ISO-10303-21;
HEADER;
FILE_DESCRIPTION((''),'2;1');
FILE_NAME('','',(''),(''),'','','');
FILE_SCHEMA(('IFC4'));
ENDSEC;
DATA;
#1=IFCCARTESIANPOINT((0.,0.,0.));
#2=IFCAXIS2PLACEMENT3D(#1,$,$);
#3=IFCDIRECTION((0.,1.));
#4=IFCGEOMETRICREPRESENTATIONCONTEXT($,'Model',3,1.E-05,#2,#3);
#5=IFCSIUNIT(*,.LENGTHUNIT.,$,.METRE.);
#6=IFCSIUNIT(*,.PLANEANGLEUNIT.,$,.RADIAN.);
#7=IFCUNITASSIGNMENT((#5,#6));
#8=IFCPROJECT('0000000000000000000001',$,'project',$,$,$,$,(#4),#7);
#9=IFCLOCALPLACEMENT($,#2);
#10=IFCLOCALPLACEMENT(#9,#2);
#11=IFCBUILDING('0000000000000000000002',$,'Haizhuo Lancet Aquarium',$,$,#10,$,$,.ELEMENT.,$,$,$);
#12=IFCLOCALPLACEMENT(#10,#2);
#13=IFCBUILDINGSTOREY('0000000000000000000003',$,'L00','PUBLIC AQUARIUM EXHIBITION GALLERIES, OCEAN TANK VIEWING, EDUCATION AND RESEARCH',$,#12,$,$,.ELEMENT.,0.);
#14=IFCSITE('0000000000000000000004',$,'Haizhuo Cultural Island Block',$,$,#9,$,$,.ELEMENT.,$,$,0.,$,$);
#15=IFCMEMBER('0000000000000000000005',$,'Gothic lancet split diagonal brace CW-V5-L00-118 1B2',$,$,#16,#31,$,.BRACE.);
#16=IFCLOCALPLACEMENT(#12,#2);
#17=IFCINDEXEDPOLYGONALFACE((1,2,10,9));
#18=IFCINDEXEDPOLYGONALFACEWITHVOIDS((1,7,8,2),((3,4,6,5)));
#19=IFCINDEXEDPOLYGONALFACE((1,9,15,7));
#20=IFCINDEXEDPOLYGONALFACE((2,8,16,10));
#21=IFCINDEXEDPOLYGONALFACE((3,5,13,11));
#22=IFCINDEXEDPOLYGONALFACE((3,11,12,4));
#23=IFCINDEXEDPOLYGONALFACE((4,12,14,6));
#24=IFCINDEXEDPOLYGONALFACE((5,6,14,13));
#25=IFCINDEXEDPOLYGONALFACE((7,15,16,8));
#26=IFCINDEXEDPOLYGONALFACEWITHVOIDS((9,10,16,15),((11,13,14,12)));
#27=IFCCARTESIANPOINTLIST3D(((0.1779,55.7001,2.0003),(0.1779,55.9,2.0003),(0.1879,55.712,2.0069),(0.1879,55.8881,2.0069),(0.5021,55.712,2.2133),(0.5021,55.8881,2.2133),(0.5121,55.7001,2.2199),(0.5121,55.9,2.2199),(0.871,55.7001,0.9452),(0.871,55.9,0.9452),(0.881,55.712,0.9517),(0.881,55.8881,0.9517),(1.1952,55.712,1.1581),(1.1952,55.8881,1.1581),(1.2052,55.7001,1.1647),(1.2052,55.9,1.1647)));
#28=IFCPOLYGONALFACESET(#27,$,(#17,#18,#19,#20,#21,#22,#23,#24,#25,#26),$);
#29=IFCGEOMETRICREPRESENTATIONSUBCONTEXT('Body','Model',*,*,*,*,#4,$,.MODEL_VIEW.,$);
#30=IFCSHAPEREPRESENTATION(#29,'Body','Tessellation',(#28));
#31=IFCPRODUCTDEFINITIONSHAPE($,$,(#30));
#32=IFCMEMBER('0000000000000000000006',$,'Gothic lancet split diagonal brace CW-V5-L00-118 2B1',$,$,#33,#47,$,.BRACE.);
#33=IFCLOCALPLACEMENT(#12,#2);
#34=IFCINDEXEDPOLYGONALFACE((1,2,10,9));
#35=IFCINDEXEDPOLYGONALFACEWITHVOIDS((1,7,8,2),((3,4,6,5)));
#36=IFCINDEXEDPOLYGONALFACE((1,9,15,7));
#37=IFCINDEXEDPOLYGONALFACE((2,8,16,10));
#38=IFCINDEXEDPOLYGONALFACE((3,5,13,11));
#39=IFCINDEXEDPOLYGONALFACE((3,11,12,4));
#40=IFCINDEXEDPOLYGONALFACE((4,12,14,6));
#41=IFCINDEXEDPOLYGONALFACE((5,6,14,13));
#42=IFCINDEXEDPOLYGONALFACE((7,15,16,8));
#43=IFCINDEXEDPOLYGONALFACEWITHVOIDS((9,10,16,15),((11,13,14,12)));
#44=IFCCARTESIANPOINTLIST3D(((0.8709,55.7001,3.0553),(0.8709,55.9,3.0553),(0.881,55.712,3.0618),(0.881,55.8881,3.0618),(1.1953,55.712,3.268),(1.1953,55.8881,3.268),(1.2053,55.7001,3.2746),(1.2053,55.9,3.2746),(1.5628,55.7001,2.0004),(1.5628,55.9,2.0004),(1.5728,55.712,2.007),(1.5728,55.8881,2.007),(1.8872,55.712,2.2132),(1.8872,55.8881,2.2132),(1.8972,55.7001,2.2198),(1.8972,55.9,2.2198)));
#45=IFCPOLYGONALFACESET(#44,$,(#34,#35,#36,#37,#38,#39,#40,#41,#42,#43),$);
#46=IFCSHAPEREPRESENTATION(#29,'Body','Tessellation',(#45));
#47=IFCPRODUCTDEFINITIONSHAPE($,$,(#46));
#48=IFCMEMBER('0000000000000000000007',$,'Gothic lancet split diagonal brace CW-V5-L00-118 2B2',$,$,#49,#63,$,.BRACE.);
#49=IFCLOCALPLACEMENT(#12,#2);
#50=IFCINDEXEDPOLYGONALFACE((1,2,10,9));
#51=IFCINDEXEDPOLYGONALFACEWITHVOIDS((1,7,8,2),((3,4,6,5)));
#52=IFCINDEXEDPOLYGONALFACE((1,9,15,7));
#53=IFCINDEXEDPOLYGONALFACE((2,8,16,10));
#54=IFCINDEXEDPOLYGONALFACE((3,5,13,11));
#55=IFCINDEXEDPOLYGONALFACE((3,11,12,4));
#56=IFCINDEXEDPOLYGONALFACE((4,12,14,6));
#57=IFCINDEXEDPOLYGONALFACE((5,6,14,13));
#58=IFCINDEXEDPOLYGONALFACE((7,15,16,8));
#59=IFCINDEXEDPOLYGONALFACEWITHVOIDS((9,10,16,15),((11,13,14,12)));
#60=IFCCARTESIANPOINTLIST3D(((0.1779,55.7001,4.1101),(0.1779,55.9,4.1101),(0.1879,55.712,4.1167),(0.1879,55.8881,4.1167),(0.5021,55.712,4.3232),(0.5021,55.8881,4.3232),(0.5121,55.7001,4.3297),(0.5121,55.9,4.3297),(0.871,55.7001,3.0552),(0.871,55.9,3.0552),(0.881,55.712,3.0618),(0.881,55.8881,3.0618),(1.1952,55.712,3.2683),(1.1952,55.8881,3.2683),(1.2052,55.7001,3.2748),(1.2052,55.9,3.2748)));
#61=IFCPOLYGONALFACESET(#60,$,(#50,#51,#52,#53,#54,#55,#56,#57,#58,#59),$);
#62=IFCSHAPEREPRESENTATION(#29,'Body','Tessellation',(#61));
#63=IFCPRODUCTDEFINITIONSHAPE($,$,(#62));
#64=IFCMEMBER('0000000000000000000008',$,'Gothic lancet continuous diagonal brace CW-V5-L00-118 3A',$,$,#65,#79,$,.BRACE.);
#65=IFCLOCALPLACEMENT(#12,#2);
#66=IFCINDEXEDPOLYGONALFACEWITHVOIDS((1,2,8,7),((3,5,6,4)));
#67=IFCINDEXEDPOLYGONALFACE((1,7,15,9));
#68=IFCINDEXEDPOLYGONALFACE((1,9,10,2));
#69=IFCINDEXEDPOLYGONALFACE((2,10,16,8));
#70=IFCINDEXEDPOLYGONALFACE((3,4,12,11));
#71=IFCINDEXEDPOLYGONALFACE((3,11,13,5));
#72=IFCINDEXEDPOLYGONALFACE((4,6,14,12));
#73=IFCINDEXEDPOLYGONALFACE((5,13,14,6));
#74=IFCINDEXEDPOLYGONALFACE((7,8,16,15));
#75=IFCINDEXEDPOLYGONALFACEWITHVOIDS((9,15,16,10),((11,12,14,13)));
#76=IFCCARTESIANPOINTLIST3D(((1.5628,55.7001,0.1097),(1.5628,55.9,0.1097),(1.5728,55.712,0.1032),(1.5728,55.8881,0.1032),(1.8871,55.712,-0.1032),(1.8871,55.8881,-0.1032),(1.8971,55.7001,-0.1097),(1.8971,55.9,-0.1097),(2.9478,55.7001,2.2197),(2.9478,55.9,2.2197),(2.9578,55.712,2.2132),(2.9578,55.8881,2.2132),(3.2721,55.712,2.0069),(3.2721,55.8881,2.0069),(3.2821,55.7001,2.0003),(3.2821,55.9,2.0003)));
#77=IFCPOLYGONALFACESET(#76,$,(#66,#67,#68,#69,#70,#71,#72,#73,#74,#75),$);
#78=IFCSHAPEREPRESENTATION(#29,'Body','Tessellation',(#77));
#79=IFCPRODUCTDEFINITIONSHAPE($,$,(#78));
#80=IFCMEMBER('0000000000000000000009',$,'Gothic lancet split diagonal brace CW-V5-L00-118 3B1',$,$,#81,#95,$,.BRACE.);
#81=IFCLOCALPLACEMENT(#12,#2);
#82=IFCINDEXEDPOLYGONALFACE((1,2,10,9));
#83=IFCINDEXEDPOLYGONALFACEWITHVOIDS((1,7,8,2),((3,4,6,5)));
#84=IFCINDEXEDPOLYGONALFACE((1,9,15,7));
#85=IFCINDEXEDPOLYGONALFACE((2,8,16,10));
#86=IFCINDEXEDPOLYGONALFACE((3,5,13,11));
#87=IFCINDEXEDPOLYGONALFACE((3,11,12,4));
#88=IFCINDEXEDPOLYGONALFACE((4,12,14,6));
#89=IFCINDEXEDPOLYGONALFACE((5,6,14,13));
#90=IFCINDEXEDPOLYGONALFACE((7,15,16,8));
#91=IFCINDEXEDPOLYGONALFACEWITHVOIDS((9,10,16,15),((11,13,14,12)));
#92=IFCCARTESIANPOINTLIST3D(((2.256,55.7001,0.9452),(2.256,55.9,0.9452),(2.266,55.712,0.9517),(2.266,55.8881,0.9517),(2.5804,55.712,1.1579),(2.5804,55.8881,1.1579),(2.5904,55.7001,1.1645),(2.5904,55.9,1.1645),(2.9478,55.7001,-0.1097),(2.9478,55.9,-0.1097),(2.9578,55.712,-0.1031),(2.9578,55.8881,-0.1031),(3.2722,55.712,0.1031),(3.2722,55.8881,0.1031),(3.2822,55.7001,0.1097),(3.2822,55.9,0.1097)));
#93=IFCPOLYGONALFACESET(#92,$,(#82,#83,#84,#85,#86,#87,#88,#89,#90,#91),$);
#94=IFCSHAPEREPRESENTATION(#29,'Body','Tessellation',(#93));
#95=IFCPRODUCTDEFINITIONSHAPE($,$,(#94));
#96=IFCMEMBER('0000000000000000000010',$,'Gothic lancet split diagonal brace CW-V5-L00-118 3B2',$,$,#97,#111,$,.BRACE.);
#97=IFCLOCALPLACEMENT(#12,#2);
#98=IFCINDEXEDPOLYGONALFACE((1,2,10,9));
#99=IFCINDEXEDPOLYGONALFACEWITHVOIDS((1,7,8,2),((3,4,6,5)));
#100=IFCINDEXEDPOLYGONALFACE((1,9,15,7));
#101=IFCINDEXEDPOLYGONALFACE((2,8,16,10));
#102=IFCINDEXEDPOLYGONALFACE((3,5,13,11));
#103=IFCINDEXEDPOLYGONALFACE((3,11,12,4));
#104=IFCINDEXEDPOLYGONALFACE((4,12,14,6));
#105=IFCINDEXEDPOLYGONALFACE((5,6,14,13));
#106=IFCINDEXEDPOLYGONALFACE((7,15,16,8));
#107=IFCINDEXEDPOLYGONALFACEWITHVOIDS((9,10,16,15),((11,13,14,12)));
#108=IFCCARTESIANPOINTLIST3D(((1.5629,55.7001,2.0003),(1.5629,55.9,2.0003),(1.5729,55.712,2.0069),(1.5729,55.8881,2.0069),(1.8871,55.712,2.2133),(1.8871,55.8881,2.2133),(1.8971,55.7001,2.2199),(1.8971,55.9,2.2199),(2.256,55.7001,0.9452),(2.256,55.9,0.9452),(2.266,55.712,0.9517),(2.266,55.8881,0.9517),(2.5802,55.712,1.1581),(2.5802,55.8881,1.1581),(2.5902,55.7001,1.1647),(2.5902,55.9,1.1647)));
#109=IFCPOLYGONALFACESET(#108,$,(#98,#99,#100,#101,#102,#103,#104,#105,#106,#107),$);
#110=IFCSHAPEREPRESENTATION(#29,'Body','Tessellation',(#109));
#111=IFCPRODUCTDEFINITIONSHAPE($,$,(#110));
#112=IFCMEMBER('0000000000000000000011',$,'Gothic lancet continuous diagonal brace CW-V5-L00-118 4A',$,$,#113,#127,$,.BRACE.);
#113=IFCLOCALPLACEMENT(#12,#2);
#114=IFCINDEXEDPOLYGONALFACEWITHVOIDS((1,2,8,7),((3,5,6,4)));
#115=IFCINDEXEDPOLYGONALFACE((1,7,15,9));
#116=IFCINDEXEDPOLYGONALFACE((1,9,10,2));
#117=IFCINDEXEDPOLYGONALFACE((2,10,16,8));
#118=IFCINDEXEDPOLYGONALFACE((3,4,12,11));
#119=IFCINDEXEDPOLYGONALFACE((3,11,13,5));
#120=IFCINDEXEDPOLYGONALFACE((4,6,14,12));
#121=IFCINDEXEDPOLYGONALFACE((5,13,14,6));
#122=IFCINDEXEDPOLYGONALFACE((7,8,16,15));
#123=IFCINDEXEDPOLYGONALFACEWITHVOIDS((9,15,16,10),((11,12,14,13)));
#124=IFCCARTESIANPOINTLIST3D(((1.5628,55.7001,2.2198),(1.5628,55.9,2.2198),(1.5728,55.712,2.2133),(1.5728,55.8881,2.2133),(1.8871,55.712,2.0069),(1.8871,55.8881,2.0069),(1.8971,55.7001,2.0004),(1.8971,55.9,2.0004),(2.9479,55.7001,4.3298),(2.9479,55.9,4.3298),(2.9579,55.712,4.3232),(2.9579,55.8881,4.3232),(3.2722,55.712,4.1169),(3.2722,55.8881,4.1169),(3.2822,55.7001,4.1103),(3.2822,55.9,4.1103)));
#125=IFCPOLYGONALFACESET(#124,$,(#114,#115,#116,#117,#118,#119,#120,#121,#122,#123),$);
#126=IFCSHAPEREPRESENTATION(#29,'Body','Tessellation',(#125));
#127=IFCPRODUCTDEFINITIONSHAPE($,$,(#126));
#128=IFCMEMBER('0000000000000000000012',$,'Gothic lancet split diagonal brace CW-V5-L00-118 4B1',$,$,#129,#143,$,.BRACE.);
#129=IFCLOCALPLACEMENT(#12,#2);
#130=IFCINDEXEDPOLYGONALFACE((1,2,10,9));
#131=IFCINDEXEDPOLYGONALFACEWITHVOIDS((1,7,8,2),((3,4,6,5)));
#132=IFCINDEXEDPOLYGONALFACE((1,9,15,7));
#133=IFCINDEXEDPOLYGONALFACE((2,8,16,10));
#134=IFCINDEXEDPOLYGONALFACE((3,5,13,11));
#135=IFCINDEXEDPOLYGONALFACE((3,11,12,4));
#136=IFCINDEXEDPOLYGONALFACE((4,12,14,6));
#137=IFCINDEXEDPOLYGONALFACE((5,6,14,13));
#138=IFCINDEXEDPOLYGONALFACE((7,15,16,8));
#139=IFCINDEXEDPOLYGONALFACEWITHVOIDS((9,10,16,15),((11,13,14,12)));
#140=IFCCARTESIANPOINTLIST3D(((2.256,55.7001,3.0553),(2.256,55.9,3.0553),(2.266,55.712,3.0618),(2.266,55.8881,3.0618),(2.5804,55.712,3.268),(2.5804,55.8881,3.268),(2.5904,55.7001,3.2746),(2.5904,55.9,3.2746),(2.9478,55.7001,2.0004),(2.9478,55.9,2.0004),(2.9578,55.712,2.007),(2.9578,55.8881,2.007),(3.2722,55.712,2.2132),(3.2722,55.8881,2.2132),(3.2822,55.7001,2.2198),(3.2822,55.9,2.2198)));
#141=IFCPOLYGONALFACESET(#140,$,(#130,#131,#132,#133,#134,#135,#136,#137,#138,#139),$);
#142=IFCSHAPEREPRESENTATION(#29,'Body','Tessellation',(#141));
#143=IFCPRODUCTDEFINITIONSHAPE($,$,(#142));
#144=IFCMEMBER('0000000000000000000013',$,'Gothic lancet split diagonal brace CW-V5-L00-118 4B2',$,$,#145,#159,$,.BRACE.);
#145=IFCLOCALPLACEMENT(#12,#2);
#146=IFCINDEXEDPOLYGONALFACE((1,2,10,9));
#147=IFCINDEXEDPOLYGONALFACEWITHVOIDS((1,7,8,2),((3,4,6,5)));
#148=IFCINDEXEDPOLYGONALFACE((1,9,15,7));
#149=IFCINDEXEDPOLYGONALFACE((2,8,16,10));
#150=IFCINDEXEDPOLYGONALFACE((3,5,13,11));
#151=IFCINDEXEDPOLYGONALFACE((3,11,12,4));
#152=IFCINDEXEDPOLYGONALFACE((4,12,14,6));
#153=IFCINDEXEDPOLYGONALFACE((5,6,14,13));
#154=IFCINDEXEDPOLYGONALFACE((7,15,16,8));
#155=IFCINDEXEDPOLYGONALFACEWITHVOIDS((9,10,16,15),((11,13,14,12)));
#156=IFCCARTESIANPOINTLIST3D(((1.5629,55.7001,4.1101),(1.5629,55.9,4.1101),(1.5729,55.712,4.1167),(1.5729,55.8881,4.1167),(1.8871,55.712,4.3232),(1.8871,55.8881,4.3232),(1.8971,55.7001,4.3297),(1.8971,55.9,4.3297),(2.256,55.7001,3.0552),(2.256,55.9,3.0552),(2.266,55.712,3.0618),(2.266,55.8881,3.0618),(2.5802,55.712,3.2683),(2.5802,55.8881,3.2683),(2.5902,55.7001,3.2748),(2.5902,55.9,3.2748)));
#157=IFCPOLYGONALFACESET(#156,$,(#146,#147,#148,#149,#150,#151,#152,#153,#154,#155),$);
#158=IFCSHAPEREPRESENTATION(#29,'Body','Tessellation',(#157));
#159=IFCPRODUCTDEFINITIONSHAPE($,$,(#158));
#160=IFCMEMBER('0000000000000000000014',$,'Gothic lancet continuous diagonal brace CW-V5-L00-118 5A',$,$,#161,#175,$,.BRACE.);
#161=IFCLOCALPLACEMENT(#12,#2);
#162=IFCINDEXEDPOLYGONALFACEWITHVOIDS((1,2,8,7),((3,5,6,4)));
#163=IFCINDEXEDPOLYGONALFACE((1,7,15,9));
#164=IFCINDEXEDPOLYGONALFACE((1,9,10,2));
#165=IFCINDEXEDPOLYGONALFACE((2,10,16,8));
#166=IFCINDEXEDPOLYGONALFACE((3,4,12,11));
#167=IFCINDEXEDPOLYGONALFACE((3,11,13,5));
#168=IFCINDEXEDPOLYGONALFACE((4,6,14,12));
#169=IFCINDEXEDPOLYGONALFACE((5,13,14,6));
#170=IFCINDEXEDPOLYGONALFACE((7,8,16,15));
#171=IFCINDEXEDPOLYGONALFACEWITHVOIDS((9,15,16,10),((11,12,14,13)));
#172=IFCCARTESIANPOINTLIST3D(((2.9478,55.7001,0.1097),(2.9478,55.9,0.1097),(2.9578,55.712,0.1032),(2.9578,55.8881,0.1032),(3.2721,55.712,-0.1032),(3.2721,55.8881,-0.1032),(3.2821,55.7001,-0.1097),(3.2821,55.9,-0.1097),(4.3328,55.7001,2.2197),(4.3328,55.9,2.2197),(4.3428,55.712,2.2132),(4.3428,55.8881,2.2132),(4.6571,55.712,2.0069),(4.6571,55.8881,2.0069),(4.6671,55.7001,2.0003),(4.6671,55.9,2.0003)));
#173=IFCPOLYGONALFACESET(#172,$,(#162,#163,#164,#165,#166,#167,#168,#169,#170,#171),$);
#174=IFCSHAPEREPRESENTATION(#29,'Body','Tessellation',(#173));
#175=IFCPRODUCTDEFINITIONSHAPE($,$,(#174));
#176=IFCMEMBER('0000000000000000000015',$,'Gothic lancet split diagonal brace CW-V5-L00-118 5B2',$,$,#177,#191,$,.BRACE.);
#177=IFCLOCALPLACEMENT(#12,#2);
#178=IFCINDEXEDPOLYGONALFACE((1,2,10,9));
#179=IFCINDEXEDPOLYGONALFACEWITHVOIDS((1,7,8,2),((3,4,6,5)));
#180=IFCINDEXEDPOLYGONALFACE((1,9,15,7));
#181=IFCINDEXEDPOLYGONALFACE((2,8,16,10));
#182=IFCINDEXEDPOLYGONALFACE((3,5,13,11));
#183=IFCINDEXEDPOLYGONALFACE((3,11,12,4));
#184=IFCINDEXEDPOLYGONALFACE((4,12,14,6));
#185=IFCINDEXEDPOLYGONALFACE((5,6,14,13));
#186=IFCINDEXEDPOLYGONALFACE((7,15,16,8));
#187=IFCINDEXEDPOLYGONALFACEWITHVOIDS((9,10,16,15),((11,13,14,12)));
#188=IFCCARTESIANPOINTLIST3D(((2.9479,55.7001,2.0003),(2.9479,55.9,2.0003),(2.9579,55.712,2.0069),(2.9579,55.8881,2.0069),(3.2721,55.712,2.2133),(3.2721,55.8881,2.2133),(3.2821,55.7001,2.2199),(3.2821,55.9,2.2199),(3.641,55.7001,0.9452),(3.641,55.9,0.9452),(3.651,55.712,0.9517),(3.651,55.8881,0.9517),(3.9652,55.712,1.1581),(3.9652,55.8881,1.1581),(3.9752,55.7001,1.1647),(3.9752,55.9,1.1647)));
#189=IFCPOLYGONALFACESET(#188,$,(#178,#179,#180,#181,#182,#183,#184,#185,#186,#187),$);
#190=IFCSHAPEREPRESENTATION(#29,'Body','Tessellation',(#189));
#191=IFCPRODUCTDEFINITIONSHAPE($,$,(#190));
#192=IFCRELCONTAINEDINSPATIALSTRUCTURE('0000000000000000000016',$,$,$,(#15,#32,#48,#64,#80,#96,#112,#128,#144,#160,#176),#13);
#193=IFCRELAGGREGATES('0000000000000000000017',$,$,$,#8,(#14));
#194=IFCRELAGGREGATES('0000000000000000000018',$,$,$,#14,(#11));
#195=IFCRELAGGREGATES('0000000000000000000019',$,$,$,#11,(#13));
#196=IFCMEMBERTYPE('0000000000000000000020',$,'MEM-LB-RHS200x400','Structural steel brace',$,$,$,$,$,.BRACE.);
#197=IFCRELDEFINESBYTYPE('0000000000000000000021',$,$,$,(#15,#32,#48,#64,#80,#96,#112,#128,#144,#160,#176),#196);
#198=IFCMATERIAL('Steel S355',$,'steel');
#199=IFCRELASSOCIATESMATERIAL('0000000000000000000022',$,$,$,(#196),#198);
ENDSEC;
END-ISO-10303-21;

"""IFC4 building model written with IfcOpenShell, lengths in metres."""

from ifc_helpers import new_model, si_unit, direction, frame, origin, origin_2d, place, context, subcontext, project, spatial, hollow_rectangle, extrude, material, material_profile, profile_set, type_object, element, save


model = new_model("IFC4")

# Units and contexts
model_context = context("Model", 3, precision=1e-05, world=origin(), true_north=direction((0.0, 1.0)))
body_context = subcontext(model_context, "Body", "Model", "MODEL_VIEW")
ifc_project = project(units=[si_unit("LENGTHUNIT", "METRE"), si_unit("PLANEANGLEUNIT", "RADIAN")], contexts=[model_context])

# Site, building, storey
site_placement = place(None, origin())
site = spatial("IfcSite", under=ifc_project, at=site_placement, Name="Haizhuo Cultural Island Block", CompositionType="ELEMENT", RefElevation=0.0)
building_placement = place(site_placement, origin())
building = spatial("IfcBuilding", under=site, at=building_placement, Name="Haizhuo Lancet Aquarium", CompositionType="ELEMENT")
storey_placement = place(building_placement, origin())
storey = spatial("IfcBuildingStorey", under=building, at=storey_placement, Name="L00", Description="PUBLIC AQUARIUM EXHIBITION GALLERIES, OCEAN TANK VIEWING, EDUCATION AND RESEARCH", CompositionType="ELEMENT", Elevation=0.0)

# Members
ifc_material_1 = material(Name="Steel S355", Category="steel")
ifc_material_profile_1 = material_profile(ifc_material_1, hollow_rectangle(XDim=0.2, YDim=0.3999, WallThickness=0.012, at=origin_2d()), Name="RHS 200x400x12")
ifc_profile_set_1 = profile_set([ifc_material_profile_1], Name="Steel S355")
member_type_1 = type_object("IfcMemberType", Name="MEM-LB-RHS200x400", Description="Structural steel brace", PredefinedType="BRACE", material=ifc_profile_set_1)
member_1_placement = place(storey_placement, frame((1.0381, 55.8, 1.0549), z_axis=(-0.54902, 0.0, 0.835809), x_axis=(0.0, -1.0, 0.0)))
element("IfcMember", 1, at=member_1_placement, inside=storey, type_object=member_type_1, Name="Gothic lancet split diagonal brace CW-V5-L00-118 1B2", PredefinedType="BRACE", context=body_context, shape_type="SweptSolid", body=[
    extrude(hollow_rectangle(XDim=0.2, YDim=0.3999, WallThickness=0.012, at=origin_2d()), origin(), (0.0, 0.0, 1.0), 1.2625),
])
member_2_placement = place(storey_placement, frame((1.73, 55.8, 2.1101), z_axis=(-0.548432, 0.0, 0.836195), x_axis=(0.0, -1.0, 0.0)))
element("IfcMember", 2, at=member_2_placement, inside=storey, type_object=member_type_1, Name="Gothic lancet split diagonal brace CW-V5-L00-118 2B1", PredefinedType="BRACE", context=body_context, shape_type="SweptSolid", body=[
    extrude(hollow_rectangle(XDim=0.2, YDim=0.3999, WallThickness=0.012, at=origin_2d()), origin(), (0.0, 0.0, 1.0), 1.2615),
])
member_3_placement = place(storey_placement, frame((1.0381, 55.8, 3.165), z_axis=(-0.549108, 0.0, 0.835751), x_axis=(0.0, -1.0, 0.0)))
element("IfcMember", 3, at=member_3_placement, inside=storey, type_object=member_type_1, Name="Gothic lancet split diagonal brace CW-V5-L00-118 2B2", PredefinedType="BRACE", context=body_context, shape_type="SweptSolid", body=[
    extrude(hollow_rectangle(XDim=0.2, YDim=0.3999, WallThickness=0.012, at=origin_2d()), origin(), (0.0, 0.0, 1.0), 1.2622),
])
member_4_placement = place(storey_placement, frame((1.73, 55.8, 0.0), z_axis=(0.548726, 0.0, 0.836002), x_axis=(0.0, 1.0, 0.0)))
element("IfcMember", 4, at=member_4_placement, inside=storey, type_object=member_type_1, Name="Gothic lancet continuous diagonal brace CW-V5-L00-118 3A", PredefinedType="BRACE", context=body_context, shape_type="SweptSolid", body=[
    extrude(hollow_rectangle(XDim=0.2, YDim=0.3999, WallThickness=0.012, at=origin_2d()), origin(), (0.0, 0.0, 1.0), 2.5239),
])
member_5_placement = place(storey_placement, frame((3.115, 55.8, 0.0), z_axis=(-0.548432, 0.0, 0.836195), x_axis=(0.0, -1.0, 0.0)))
element("IfcMember", 5, at=member_5_placement, inside=storey, type_object=member_type_1, Name="Gothic lancet split diagonal brace CW-V5-L00-118 3B1", PredefinedType="BRACE", context=body_context, shape_type="SweptSolid", body=[
    extrude(hollow_rectangle(XDim=0.2, YDim=0.3999, WallThickness=0.012, at=origin_2d()), origin(), (0.0, 0.0, 1.0), 1.2615),
])
member_6_placement = place(storey_placement, frame((2.4231, 55.8, 1.0549), z_axis=(-0.54902, 0.0, 0.835809), x_axis=(0.0, -1.0, 0.0)))
element("IfcMember", 6, at=member_6_placement, inside=storey, type_object=member_type_1, Name="Gothic lancet split diagonal brace CW-V5-L00-118 3B2", PredefinedType="BRACE", context=body_context, shape_type="SweptSolid", body=[
    extrude(hollow_rectangle(XDim=0.2, YDim=0.3999, WallThickness=0.012, at=origin_2d()), origin(), (0.0, 0.0, 1.0), 1.2625),
])
member_7_placement = place(storey_placement, frame((1.73, 55.8, 2.1101), z_axis=(0.548771, 0.0, 0.835973), x_axis=(0.0, 1.0, 0.0)))
element("IfcMember", 7, at=member_7_placement, inside=storey, type_object=member_type_1, Name="Gothic lancet continuous diagonal brace CW-V5-L00-118 4A", PredefinedType="BRACE", context=body_context, shape_type="SweptSolid", body=[
    extrude(hollow_rectangle(XDim=0.2, YDim=0.3999, WallThickness=0.012, at=origin_2d()), origin(), (0.0, 0.0, 1.0), 2.5239),
])
member_8_placement = place(storey_placement, frame((3.115, 55.8, 2.1101), z_axis=(-0.548432, 0.0, 0.836195), x_axis=(0.0, -1.0, 0.0)))
element("IfcMember", 8, at=member_8_placement, inside=storey, type_object=member_type_1, Name="Gothic lancet split diagonal brace CW-V5-L00-118 4B1", PredefinedType="BRACE", context=body_context, shape_type="SweptSolid", body=[
    extrude(hollow_rectangle(XDim=0.2, YDim=0.3999, WallThickness=0.012, at=origin_2d()), origin(), (0.0, 0.0, 1.0), 1.2615),
])
member_9_placement = place(storey_placement, frame((2.4231, 55.8, 3.165), z_axis=(-0.549108, 0.0, 0.835751), x_axis=(0.0, -1.0, 0.0)))
element("IfcMember", 9, at=member_9_placement, inside=storey, type_object=member_type_1, Name="Gothic lancet split diagonal brace CW-V5-L00-118 4B2", PredefinedType="BRACE", context=body_context, shape_type="SweptSolid", body=[
    extrude(hollow_rectangle(XDim=0.2, YDim=0.3999, WallThickness=0.012, at=origin_2d()), origin(), (0.0, 0.0, 1.0), 1.2622),
])
member_10_placement = place(storey_placement, frame((3.115, 55.8, 0.0), z_axis=(0.548726, 0.0, 0.836002), x_axis=(0.0, 1.0, 0.0)))
element("IfcMember", 10, at=member_10_placement, inside=storey, type_object=member_type_1, Name="Gothic lancet continuous diagonal brace CW-V5-L00-118 5A", PredefinedType="BRACE", context=body_context, shape_type="SweptSolid", body=[
    extrude(hollow_rectangle(XDim=0.2, YDim=0.3999, WallThickness=0.012, at=origin_2d()), origin(), (0.0, 0.0, 1.0), 2.5239),
])
member_11_placement = place(storey_placement, frame((3.8081, 55.8, 1.0549), z_axis=(-0.54902, 0.0, 0.835809), x_axis=(0.0, -1.0, 0.0)))
element("IfcMember", 11, at=member_11_placement, inside=storey, type_object=member_type_1, Name="Gothic lancet split diagonal brace CW-V5-L00-118 5B2", PredefinedType="BRACE", context=body_context, shape_type="SweptSolid", body=[
    extrude(hollow_rectangle(XDim=0.2, YDim=0.3999, WallThickness=0.012, at=origin_2d()), origin(), (0.0, 0.0, 1.0), 1.2625),
])

save(model, "model.ifc")
